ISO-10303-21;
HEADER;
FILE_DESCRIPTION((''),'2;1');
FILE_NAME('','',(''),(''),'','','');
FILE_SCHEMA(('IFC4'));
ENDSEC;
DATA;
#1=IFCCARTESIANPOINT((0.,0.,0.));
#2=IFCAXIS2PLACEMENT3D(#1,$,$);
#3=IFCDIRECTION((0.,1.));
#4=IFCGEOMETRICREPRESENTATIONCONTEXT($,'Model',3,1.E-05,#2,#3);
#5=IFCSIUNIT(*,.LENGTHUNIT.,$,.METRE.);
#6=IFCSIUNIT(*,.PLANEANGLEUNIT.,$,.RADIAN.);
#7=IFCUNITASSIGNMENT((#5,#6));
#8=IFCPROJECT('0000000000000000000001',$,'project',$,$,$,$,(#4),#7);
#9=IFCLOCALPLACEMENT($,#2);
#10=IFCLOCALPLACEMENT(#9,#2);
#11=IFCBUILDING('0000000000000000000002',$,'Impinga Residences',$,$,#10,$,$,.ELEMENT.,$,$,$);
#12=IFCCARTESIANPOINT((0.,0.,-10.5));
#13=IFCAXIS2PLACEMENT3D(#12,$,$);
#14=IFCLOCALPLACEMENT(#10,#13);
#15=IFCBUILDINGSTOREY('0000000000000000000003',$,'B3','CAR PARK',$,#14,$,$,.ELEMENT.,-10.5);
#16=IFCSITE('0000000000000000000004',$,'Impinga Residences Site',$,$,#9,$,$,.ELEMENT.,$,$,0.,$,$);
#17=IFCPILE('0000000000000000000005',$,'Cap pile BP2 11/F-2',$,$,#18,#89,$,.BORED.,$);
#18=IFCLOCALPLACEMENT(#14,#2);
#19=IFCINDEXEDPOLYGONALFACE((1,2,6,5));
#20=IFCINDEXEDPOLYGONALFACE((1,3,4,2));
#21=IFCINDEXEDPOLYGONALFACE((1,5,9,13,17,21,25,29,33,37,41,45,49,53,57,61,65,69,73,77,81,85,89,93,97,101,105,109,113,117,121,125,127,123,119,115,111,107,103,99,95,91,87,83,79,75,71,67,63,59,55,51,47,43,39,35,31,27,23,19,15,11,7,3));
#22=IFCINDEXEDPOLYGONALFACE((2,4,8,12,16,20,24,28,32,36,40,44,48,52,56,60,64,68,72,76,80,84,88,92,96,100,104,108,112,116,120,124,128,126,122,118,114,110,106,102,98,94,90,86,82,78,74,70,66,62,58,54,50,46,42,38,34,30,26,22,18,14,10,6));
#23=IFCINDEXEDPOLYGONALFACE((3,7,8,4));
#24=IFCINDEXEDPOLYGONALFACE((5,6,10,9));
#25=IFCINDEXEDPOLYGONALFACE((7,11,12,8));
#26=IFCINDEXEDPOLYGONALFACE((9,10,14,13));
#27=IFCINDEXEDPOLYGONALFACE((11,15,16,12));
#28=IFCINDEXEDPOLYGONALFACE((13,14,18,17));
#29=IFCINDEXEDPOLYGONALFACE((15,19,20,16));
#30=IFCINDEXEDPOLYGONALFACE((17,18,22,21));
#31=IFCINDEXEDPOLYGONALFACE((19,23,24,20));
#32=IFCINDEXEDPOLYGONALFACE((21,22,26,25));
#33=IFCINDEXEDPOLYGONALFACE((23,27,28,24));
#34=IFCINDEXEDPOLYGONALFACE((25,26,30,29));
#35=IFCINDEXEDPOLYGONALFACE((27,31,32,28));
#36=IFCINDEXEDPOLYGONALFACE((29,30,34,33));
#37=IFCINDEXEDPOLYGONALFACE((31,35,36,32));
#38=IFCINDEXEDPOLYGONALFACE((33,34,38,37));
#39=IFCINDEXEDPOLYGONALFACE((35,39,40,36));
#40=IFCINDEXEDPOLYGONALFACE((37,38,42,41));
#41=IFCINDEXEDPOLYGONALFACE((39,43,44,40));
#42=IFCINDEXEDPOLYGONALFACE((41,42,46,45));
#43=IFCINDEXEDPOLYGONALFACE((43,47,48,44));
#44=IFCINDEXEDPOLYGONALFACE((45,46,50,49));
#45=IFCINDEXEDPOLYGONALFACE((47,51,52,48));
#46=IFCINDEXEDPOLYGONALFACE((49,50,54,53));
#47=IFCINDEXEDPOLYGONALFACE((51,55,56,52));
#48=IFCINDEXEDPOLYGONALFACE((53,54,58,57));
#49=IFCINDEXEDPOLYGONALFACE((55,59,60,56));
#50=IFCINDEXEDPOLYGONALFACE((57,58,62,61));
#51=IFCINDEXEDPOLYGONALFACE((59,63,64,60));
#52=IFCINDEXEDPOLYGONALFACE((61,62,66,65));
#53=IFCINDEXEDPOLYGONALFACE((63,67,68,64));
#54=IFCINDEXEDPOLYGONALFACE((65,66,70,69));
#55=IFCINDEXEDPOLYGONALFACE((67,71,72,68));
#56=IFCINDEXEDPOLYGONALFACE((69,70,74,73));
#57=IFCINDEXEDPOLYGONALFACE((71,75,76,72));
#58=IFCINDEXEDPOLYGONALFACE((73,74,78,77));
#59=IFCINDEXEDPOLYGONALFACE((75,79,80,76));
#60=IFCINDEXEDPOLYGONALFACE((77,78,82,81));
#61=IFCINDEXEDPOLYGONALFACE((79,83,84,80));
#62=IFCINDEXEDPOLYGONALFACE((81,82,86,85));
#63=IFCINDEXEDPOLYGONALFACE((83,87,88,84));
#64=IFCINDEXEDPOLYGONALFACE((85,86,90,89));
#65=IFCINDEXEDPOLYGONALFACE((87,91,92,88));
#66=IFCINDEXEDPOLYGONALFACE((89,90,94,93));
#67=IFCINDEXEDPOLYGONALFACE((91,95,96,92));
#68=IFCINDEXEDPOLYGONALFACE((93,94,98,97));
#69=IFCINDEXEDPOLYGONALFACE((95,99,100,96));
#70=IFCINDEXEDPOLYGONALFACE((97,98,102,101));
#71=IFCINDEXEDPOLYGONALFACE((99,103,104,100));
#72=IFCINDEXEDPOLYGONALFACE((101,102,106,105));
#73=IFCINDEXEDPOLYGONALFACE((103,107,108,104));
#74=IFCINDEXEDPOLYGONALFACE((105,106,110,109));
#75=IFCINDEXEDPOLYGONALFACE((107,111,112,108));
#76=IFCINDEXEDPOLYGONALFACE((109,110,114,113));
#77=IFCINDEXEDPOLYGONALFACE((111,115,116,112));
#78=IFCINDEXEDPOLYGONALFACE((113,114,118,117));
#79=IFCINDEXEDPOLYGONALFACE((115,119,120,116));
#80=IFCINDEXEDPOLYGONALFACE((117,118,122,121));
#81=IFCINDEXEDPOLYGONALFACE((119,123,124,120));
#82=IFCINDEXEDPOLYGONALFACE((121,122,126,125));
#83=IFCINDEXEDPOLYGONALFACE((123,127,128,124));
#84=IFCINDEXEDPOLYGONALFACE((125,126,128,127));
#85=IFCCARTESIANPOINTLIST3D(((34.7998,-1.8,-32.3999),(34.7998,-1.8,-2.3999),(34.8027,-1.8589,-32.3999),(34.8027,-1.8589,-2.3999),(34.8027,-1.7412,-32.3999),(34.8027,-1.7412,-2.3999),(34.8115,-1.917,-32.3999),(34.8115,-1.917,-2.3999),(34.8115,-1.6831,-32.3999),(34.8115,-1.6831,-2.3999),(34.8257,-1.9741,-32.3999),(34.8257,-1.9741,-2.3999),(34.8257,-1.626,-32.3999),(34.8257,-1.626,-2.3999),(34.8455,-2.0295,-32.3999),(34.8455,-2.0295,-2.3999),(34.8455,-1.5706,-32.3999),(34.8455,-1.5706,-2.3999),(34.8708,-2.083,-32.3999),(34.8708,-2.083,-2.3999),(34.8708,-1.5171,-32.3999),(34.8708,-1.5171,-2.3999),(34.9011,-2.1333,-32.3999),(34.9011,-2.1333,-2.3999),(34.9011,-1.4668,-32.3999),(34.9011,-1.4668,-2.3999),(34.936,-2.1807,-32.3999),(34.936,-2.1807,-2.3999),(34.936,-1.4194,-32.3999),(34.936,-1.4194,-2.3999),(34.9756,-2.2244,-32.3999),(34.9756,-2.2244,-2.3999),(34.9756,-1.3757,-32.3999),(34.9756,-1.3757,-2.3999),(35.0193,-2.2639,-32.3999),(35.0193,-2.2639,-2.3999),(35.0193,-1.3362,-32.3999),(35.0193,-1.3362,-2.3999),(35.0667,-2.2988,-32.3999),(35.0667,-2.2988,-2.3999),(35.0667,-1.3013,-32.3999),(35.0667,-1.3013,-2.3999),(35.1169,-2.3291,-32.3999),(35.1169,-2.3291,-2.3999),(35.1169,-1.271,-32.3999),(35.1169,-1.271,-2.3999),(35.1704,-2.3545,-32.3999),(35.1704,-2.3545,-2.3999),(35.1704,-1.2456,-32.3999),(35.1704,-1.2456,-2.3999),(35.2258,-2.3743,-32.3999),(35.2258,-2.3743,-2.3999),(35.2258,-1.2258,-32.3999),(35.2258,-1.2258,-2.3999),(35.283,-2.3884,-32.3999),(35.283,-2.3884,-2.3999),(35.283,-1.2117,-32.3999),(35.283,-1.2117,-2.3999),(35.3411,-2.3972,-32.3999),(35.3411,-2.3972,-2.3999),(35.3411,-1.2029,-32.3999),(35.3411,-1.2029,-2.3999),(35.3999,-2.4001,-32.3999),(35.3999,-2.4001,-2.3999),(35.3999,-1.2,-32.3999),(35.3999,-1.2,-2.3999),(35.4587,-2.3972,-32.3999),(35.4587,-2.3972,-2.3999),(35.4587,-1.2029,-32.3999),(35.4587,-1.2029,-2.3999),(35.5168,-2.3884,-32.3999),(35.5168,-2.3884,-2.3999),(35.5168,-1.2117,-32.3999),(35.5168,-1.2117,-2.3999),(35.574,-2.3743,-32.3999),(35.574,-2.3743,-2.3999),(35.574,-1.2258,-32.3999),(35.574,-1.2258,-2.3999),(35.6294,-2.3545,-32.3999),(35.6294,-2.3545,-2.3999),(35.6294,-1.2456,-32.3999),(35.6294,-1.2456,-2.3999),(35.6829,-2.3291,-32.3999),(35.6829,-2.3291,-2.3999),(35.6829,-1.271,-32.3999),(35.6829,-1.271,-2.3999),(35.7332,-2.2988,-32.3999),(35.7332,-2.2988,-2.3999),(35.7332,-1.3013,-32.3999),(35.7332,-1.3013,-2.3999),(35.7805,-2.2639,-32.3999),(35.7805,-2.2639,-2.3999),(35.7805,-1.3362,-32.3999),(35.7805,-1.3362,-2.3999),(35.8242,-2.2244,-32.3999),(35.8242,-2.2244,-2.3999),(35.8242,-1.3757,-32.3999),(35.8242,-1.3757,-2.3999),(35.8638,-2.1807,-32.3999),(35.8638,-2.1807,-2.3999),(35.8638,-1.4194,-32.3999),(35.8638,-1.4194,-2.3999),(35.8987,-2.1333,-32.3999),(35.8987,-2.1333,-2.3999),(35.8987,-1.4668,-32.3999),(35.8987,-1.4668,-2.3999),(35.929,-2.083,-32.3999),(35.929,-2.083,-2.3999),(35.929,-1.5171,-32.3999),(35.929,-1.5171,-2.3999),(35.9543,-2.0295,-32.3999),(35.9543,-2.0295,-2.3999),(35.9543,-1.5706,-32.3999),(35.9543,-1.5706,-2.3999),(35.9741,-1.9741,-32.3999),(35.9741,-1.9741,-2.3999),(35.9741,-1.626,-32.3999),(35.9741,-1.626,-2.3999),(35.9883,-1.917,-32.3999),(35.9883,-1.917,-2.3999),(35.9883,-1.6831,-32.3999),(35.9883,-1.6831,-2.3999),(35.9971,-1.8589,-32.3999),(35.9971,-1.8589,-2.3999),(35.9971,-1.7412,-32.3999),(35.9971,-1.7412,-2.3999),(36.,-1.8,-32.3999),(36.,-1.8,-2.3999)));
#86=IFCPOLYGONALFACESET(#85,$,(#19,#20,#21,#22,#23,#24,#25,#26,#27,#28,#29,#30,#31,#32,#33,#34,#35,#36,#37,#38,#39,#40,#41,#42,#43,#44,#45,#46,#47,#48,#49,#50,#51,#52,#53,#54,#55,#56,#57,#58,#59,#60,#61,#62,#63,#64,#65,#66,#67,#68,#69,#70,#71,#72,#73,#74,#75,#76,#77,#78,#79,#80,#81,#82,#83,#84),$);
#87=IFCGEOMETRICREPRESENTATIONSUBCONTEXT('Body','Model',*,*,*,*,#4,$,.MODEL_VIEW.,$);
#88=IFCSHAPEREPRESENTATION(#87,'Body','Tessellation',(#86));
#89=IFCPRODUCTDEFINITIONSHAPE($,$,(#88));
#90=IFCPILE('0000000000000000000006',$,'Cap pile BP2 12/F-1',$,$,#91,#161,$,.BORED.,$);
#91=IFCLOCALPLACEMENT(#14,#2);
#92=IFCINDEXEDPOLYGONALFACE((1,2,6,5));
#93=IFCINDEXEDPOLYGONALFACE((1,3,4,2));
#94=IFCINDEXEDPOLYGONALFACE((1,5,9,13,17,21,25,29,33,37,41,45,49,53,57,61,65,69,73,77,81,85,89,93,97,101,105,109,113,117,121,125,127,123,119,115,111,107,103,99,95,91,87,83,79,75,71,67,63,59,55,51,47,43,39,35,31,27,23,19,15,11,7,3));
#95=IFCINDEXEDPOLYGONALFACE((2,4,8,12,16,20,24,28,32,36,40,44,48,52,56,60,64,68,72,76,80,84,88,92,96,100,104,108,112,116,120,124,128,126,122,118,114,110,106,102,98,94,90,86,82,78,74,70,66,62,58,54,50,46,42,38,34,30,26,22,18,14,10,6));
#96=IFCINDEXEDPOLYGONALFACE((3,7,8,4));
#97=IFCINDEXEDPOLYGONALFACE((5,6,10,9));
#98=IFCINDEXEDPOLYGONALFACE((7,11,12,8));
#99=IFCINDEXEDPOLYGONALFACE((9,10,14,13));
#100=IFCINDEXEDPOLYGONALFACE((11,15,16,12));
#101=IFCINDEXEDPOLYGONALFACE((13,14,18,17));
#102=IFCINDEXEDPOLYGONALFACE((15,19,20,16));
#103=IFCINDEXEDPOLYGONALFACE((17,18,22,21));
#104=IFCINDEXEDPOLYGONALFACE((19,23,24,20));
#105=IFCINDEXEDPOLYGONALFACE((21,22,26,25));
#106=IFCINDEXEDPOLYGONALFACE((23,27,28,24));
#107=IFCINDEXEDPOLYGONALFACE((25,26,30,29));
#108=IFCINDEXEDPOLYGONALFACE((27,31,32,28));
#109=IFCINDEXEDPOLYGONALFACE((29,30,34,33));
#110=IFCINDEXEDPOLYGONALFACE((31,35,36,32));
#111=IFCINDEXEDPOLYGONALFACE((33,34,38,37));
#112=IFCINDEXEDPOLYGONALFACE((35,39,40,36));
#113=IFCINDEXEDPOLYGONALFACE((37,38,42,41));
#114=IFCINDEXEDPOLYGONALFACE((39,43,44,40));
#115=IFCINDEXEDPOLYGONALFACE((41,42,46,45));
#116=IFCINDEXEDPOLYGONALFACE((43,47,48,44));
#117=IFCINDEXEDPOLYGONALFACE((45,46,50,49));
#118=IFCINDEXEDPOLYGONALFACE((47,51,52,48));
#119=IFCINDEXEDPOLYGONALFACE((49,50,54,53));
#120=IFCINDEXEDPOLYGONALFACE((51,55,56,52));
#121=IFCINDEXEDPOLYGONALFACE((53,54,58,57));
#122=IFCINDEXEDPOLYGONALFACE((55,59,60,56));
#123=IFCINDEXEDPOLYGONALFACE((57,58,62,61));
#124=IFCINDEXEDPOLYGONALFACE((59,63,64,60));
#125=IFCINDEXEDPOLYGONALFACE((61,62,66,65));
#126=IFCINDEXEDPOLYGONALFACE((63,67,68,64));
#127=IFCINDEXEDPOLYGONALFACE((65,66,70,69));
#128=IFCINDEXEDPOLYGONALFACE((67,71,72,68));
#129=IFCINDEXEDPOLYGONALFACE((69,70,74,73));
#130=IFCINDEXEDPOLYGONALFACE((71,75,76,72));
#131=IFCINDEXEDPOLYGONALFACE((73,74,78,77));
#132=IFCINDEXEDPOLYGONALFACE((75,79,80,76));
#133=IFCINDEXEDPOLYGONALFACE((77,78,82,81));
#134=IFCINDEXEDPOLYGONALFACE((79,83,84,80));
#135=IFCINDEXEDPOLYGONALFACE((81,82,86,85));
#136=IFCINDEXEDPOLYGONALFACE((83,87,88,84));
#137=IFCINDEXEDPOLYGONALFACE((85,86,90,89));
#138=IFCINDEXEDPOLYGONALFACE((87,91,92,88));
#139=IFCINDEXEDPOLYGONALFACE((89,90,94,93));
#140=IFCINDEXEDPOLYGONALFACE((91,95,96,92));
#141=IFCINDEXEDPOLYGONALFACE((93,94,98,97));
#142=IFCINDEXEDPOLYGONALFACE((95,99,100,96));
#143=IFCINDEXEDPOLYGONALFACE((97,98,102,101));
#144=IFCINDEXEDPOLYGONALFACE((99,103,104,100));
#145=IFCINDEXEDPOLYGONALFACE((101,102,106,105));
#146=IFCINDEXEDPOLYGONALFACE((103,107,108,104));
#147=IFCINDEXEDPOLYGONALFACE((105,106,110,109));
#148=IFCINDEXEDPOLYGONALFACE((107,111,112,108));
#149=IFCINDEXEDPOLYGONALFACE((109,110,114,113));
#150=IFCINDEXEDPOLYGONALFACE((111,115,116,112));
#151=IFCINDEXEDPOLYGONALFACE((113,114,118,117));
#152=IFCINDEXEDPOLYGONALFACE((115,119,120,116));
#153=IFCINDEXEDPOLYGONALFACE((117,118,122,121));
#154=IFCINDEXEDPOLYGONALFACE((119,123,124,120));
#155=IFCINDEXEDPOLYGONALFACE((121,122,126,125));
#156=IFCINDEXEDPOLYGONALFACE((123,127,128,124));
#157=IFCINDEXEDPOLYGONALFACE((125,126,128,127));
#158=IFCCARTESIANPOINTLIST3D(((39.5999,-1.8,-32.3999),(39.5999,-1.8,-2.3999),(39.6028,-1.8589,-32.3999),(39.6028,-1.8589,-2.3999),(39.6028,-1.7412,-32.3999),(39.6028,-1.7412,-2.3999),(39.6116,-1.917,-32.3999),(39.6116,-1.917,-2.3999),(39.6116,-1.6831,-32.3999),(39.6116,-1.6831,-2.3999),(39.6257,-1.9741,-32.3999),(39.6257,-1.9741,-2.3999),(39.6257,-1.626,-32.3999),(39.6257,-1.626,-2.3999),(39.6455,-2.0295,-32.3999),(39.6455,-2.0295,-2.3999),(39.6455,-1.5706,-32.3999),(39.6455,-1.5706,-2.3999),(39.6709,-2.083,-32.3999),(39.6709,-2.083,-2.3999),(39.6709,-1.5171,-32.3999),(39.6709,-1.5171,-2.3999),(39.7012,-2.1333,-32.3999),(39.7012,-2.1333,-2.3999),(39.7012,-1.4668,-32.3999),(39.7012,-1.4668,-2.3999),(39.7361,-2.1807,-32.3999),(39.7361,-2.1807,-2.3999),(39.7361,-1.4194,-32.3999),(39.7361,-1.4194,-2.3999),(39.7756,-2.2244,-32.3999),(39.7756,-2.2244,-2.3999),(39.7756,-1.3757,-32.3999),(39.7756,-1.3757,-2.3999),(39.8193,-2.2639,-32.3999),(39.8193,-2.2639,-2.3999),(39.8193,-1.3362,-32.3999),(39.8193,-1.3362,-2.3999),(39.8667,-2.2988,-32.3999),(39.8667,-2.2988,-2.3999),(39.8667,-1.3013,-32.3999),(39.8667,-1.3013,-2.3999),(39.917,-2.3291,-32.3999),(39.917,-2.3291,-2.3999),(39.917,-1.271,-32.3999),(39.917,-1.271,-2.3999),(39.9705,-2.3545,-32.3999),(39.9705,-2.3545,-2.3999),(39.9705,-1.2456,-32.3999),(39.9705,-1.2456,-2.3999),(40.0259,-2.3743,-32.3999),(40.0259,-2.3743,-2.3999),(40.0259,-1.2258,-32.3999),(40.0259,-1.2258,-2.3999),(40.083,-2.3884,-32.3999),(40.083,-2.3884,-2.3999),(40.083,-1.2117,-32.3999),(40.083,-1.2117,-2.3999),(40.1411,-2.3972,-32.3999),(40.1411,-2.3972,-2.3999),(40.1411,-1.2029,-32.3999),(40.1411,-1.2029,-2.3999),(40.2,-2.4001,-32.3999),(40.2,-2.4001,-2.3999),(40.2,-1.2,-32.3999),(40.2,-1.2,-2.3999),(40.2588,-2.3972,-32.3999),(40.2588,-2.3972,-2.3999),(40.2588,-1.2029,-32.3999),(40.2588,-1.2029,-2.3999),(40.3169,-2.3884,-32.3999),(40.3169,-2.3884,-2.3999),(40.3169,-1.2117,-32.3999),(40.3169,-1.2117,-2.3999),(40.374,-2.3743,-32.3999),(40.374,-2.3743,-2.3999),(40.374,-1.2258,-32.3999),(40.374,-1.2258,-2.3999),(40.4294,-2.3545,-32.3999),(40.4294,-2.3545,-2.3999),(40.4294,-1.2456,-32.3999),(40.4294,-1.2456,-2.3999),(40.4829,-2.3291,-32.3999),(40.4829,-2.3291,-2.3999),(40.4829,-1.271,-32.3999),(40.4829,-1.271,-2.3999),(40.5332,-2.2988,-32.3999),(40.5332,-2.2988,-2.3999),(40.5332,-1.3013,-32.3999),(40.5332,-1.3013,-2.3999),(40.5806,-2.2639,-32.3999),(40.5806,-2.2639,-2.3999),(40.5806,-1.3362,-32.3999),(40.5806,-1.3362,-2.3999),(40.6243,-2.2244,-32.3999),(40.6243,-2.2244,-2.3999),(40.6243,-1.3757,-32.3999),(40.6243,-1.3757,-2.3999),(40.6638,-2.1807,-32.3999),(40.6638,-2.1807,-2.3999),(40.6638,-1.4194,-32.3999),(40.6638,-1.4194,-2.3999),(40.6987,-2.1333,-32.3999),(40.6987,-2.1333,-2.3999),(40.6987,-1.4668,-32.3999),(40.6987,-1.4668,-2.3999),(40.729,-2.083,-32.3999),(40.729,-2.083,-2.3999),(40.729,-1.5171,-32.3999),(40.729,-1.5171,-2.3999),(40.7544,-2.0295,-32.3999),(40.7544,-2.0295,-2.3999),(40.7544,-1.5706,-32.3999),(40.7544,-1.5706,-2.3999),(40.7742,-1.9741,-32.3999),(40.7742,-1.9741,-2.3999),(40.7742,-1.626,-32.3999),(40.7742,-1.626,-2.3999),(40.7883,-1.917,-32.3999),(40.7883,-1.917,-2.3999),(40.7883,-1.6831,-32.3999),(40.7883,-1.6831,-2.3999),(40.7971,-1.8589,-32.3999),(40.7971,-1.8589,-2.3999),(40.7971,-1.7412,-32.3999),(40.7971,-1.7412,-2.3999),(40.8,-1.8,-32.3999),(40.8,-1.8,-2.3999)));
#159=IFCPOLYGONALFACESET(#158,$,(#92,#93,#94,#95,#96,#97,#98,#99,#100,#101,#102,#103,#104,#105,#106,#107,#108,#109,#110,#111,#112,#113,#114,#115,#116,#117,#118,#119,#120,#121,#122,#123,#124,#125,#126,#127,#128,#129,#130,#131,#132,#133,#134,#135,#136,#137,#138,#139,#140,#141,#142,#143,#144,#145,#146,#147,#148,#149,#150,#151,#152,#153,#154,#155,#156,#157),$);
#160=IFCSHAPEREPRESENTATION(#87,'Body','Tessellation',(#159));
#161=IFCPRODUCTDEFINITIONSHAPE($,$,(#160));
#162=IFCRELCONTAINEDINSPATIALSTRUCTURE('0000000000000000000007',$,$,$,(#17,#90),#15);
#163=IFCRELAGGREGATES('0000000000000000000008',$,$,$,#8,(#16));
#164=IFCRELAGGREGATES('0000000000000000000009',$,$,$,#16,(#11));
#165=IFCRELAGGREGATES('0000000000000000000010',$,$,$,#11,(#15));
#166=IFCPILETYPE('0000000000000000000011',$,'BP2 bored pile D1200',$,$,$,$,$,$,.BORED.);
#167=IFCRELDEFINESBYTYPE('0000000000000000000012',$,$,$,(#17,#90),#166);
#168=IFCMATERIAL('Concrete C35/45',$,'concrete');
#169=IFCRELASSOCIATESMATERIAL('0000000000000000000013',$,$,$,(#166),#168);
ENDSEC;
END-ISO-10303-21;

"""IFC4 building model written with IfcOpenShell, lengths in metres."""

from ifc_helpers import new_model, si_unit, direction, frame, origin, origin_2d, place, context, subcontext, project, spatial, polyline, circle, outline, extrude, material, material_profile, profile_set, type_object, element, save


model = new_model("IFC4")

# Units and contexts
model_context = context("Model", 3, precision=1e-05, world=origin(), true_north=direction((0.0, 1.0)))
body_context = subcontext(model_context, "Body", "Model", "MODEL_VIEW")
ifc_project = project(units=[si_unit("LENGTHUNIT", "METRE"), si_unit("PLANEANGLEUNIT", "RADIAN")], contexts=[model_context])

# Site, building, storey
site_placement = place(None, origin())
site = spatial("IfcSite", under=ifc_project, at=site_placement, Name="Impinga Residences Site", CompositionType="ELEMENT", RefElevation=0.0)
building_placement = place(site_placement, origin())
building = spatial("IfcBuilding", under=site, at=building_placement, Name="Impinga Residences", CompositionType="ELEMENT")
storey_placement = place(building_placement, frame((0.0, 0.0, -10.5)))
storey = spatial("IfcBuildingStorey", under=building, at=storey_placement, Name="B3", Description="CAR PARK", CompositionType="ELEMENT", Elevation=-10.5)

# Piles
ifc_material_1 = material(Name="Concrete C35/45", Category="concrete")
ifc_material_profile_1 = material_profile(ifc_material_1, circle(Radius=0.6001, at=origin_2d()), Name="D1200")
ifc_profile_set_1 = profile_set([ifc_material_profile_1], Name="Concrete C35/45")
pile_type_1 = type_object("IfcPileType", Name="BP2 bored pile D1200", PredefinedType="BORED", material=ifc_profile_set_1)
pile_1_placement = place(storey_placement, frame((35.3999, -1.8, -2.3999), z_axis=(0.0, 0.0, -1.0), x_axis=(1.0, 0.0, 0.0)))
element("IfcPile", 1, at=pile_1_placement, inside=storey, type_object=pile_type_1, Name="Cap pile BP2 11/F-2", PredefinedType="BORED", context=body_context, shape_type="SweptSolid", body=[
    extrude(outline(polyline([(0.6001, 0.0), (0.5972, 0.0588), (0.5884, 0.1169), (0.5742, 0.1741), (0.5544, 0.2295), (0.5291, 0.283), (0.4988, 0.3333), (0.4639, 0.3806), (0.4243, 0.4243), (0.3806, 0.4639), (0.3333, 0.4988), (0.283, 0.5291), (0.2295, 0.5544), (0.1741, 0.5742), (0.1169, 0.5884), (0.0588, 0.5972), (0.0, 0.6001), (-0.0588, 0.5972), (-0.1169, 0.5884), (-0.1741, 0.5742), (-0.2295, 0.5544), (-0.283, 0.5291), (-0.3333, 0.4988), (-0.3806, 0.4639), (-0.4243, 0.4243), (-0.4639, 0.3806), (-0.4988, 0.3333), (-0.5291, 0.283), (-0.5544, 0.2295), (-0.5742, 0.1741), (-0.5884, 0.1169), (-0.5972, 0.0588), (-0.6001, 0.0), (-0.5972, -0.0588), (-0.5884, -0.1169), (-0.5742, -0.1741), (-0.5544, -0.2295), (-0.5291, -0.283), (-0.4988, -0.3333), (-0.4639, -0.3806), (-0.4243, -0.4243), (-0.3806, -0.4639), (-0.3333, -0.4988), (-0.283, -0.5291), (-0.2295, -0.5544), (-0.1741, -0.5742), (-0.1169, -0.5884), (-0.0588, -0.5972), (0.0, -0.6001), (0.0588, -0.5972), (0.1169, -0.5884), (0.1741, -0.5742), (0.2295, -0.5544), (0.283, -0.5291), (0.3333, -0.4988), (0.3806, -0.4639), (0.4243, -0.4243), (0.4639, -0.3806), (0.4988, -0.3333), (0.5291, -0.283), (0.5544, -0.2295), (0.5742, -0.1741), (0.5884, -0.1169), (0.5972, -0.0588), (0.6001, 0.0)])), origin(), (0.0, 0.0, 1.0), 30.0),
])
pile_2_placement = place(storey_placement, frame((40.2, -1.8, -2.3999), z_axis=(0.0, 0.0, -1.0), x_axis=(1.0, 0.0, 0.0)))
element("IfcPile", 2, at=pile_2_placement, inside=storey, type_object=pile_type_1, Name="Cap pile BP2 12/F-1", PredefinedType="BORED", context=body_context, shape_type="SweptSolid", body=[
    extrude(outline(polyline([(0.6001, 0.0), (0.5972, 0.0588), (0.5884, 0.1169), (0.5742, 0.1741), (0.5544, 0.2295), (0.5291, 0.283), (0.4988, 0.3333), (0.4639, 0.3806), (0.4243, 0.4243), (0.3806, 0.4639), (0.3333, 0.4988), (0.283, 0.5291), (0.2295, 0.5544), (0.1741, 0.5742), (0.1169, 0.5884), (0.0588, 0.5972), (0.0, 0.6001), (-0.0588, 0.5972), (-0.1169, 0.5884), (-0.1741, 0.5742), (-0.2295, 0.5544), (-0.283, 0.5291), (-0.3333, 0.4988), (-0.3806, 0.4639), (-0.4243, 0.4243), (-0.4639, 0.3806), (-0.4988, 0.3333), (-0.5291, 0.283), (-0.5544, 0.2295), (-0.5742, 0.1741), (-0.5884, 0.1169), (-0.5972, 0.0588), (-0.6001, 0.0), (-0.5972, -0.0588), (-0.5884, -0.1169), (-0.5742, -0.1741), (-0.5544, -0.2295), (-0.5291, -0.283), (-0.4988, -0.3333), (-0.4639, -0.3806), (-0.4243, -0.4243), (-0.3806, -0.4639), (-0.3333, -0.4988), (-0.283, -0.5291), (-0.2295, -0.5544), (-0.1741, -0.5742), (-0.1169, -0.5884), (-0.0588, -0.5972), (0.0, -0.6001), (0.0588, -0.5972), (0.1169, -0.5884), (0.1741, -0.5742), (0.2295, -0.5544), (0.283, -0.5291), (0.3333, -0.4988), (0.3806, -0.4639), (0.4243, -0.4243), (0.4639, -0.3806), (0.4988, -0.3333), (0.5291, -0.283), (0.5544, -0.2295), (0.5742, -0.1741), (0.5884, -0.1169), (0.5972, -0.0588), (0.6001, 0.0)])), origin(), (0.0, 0.0, 1.0), 30.0),
])

save(model, "model.ifc")
